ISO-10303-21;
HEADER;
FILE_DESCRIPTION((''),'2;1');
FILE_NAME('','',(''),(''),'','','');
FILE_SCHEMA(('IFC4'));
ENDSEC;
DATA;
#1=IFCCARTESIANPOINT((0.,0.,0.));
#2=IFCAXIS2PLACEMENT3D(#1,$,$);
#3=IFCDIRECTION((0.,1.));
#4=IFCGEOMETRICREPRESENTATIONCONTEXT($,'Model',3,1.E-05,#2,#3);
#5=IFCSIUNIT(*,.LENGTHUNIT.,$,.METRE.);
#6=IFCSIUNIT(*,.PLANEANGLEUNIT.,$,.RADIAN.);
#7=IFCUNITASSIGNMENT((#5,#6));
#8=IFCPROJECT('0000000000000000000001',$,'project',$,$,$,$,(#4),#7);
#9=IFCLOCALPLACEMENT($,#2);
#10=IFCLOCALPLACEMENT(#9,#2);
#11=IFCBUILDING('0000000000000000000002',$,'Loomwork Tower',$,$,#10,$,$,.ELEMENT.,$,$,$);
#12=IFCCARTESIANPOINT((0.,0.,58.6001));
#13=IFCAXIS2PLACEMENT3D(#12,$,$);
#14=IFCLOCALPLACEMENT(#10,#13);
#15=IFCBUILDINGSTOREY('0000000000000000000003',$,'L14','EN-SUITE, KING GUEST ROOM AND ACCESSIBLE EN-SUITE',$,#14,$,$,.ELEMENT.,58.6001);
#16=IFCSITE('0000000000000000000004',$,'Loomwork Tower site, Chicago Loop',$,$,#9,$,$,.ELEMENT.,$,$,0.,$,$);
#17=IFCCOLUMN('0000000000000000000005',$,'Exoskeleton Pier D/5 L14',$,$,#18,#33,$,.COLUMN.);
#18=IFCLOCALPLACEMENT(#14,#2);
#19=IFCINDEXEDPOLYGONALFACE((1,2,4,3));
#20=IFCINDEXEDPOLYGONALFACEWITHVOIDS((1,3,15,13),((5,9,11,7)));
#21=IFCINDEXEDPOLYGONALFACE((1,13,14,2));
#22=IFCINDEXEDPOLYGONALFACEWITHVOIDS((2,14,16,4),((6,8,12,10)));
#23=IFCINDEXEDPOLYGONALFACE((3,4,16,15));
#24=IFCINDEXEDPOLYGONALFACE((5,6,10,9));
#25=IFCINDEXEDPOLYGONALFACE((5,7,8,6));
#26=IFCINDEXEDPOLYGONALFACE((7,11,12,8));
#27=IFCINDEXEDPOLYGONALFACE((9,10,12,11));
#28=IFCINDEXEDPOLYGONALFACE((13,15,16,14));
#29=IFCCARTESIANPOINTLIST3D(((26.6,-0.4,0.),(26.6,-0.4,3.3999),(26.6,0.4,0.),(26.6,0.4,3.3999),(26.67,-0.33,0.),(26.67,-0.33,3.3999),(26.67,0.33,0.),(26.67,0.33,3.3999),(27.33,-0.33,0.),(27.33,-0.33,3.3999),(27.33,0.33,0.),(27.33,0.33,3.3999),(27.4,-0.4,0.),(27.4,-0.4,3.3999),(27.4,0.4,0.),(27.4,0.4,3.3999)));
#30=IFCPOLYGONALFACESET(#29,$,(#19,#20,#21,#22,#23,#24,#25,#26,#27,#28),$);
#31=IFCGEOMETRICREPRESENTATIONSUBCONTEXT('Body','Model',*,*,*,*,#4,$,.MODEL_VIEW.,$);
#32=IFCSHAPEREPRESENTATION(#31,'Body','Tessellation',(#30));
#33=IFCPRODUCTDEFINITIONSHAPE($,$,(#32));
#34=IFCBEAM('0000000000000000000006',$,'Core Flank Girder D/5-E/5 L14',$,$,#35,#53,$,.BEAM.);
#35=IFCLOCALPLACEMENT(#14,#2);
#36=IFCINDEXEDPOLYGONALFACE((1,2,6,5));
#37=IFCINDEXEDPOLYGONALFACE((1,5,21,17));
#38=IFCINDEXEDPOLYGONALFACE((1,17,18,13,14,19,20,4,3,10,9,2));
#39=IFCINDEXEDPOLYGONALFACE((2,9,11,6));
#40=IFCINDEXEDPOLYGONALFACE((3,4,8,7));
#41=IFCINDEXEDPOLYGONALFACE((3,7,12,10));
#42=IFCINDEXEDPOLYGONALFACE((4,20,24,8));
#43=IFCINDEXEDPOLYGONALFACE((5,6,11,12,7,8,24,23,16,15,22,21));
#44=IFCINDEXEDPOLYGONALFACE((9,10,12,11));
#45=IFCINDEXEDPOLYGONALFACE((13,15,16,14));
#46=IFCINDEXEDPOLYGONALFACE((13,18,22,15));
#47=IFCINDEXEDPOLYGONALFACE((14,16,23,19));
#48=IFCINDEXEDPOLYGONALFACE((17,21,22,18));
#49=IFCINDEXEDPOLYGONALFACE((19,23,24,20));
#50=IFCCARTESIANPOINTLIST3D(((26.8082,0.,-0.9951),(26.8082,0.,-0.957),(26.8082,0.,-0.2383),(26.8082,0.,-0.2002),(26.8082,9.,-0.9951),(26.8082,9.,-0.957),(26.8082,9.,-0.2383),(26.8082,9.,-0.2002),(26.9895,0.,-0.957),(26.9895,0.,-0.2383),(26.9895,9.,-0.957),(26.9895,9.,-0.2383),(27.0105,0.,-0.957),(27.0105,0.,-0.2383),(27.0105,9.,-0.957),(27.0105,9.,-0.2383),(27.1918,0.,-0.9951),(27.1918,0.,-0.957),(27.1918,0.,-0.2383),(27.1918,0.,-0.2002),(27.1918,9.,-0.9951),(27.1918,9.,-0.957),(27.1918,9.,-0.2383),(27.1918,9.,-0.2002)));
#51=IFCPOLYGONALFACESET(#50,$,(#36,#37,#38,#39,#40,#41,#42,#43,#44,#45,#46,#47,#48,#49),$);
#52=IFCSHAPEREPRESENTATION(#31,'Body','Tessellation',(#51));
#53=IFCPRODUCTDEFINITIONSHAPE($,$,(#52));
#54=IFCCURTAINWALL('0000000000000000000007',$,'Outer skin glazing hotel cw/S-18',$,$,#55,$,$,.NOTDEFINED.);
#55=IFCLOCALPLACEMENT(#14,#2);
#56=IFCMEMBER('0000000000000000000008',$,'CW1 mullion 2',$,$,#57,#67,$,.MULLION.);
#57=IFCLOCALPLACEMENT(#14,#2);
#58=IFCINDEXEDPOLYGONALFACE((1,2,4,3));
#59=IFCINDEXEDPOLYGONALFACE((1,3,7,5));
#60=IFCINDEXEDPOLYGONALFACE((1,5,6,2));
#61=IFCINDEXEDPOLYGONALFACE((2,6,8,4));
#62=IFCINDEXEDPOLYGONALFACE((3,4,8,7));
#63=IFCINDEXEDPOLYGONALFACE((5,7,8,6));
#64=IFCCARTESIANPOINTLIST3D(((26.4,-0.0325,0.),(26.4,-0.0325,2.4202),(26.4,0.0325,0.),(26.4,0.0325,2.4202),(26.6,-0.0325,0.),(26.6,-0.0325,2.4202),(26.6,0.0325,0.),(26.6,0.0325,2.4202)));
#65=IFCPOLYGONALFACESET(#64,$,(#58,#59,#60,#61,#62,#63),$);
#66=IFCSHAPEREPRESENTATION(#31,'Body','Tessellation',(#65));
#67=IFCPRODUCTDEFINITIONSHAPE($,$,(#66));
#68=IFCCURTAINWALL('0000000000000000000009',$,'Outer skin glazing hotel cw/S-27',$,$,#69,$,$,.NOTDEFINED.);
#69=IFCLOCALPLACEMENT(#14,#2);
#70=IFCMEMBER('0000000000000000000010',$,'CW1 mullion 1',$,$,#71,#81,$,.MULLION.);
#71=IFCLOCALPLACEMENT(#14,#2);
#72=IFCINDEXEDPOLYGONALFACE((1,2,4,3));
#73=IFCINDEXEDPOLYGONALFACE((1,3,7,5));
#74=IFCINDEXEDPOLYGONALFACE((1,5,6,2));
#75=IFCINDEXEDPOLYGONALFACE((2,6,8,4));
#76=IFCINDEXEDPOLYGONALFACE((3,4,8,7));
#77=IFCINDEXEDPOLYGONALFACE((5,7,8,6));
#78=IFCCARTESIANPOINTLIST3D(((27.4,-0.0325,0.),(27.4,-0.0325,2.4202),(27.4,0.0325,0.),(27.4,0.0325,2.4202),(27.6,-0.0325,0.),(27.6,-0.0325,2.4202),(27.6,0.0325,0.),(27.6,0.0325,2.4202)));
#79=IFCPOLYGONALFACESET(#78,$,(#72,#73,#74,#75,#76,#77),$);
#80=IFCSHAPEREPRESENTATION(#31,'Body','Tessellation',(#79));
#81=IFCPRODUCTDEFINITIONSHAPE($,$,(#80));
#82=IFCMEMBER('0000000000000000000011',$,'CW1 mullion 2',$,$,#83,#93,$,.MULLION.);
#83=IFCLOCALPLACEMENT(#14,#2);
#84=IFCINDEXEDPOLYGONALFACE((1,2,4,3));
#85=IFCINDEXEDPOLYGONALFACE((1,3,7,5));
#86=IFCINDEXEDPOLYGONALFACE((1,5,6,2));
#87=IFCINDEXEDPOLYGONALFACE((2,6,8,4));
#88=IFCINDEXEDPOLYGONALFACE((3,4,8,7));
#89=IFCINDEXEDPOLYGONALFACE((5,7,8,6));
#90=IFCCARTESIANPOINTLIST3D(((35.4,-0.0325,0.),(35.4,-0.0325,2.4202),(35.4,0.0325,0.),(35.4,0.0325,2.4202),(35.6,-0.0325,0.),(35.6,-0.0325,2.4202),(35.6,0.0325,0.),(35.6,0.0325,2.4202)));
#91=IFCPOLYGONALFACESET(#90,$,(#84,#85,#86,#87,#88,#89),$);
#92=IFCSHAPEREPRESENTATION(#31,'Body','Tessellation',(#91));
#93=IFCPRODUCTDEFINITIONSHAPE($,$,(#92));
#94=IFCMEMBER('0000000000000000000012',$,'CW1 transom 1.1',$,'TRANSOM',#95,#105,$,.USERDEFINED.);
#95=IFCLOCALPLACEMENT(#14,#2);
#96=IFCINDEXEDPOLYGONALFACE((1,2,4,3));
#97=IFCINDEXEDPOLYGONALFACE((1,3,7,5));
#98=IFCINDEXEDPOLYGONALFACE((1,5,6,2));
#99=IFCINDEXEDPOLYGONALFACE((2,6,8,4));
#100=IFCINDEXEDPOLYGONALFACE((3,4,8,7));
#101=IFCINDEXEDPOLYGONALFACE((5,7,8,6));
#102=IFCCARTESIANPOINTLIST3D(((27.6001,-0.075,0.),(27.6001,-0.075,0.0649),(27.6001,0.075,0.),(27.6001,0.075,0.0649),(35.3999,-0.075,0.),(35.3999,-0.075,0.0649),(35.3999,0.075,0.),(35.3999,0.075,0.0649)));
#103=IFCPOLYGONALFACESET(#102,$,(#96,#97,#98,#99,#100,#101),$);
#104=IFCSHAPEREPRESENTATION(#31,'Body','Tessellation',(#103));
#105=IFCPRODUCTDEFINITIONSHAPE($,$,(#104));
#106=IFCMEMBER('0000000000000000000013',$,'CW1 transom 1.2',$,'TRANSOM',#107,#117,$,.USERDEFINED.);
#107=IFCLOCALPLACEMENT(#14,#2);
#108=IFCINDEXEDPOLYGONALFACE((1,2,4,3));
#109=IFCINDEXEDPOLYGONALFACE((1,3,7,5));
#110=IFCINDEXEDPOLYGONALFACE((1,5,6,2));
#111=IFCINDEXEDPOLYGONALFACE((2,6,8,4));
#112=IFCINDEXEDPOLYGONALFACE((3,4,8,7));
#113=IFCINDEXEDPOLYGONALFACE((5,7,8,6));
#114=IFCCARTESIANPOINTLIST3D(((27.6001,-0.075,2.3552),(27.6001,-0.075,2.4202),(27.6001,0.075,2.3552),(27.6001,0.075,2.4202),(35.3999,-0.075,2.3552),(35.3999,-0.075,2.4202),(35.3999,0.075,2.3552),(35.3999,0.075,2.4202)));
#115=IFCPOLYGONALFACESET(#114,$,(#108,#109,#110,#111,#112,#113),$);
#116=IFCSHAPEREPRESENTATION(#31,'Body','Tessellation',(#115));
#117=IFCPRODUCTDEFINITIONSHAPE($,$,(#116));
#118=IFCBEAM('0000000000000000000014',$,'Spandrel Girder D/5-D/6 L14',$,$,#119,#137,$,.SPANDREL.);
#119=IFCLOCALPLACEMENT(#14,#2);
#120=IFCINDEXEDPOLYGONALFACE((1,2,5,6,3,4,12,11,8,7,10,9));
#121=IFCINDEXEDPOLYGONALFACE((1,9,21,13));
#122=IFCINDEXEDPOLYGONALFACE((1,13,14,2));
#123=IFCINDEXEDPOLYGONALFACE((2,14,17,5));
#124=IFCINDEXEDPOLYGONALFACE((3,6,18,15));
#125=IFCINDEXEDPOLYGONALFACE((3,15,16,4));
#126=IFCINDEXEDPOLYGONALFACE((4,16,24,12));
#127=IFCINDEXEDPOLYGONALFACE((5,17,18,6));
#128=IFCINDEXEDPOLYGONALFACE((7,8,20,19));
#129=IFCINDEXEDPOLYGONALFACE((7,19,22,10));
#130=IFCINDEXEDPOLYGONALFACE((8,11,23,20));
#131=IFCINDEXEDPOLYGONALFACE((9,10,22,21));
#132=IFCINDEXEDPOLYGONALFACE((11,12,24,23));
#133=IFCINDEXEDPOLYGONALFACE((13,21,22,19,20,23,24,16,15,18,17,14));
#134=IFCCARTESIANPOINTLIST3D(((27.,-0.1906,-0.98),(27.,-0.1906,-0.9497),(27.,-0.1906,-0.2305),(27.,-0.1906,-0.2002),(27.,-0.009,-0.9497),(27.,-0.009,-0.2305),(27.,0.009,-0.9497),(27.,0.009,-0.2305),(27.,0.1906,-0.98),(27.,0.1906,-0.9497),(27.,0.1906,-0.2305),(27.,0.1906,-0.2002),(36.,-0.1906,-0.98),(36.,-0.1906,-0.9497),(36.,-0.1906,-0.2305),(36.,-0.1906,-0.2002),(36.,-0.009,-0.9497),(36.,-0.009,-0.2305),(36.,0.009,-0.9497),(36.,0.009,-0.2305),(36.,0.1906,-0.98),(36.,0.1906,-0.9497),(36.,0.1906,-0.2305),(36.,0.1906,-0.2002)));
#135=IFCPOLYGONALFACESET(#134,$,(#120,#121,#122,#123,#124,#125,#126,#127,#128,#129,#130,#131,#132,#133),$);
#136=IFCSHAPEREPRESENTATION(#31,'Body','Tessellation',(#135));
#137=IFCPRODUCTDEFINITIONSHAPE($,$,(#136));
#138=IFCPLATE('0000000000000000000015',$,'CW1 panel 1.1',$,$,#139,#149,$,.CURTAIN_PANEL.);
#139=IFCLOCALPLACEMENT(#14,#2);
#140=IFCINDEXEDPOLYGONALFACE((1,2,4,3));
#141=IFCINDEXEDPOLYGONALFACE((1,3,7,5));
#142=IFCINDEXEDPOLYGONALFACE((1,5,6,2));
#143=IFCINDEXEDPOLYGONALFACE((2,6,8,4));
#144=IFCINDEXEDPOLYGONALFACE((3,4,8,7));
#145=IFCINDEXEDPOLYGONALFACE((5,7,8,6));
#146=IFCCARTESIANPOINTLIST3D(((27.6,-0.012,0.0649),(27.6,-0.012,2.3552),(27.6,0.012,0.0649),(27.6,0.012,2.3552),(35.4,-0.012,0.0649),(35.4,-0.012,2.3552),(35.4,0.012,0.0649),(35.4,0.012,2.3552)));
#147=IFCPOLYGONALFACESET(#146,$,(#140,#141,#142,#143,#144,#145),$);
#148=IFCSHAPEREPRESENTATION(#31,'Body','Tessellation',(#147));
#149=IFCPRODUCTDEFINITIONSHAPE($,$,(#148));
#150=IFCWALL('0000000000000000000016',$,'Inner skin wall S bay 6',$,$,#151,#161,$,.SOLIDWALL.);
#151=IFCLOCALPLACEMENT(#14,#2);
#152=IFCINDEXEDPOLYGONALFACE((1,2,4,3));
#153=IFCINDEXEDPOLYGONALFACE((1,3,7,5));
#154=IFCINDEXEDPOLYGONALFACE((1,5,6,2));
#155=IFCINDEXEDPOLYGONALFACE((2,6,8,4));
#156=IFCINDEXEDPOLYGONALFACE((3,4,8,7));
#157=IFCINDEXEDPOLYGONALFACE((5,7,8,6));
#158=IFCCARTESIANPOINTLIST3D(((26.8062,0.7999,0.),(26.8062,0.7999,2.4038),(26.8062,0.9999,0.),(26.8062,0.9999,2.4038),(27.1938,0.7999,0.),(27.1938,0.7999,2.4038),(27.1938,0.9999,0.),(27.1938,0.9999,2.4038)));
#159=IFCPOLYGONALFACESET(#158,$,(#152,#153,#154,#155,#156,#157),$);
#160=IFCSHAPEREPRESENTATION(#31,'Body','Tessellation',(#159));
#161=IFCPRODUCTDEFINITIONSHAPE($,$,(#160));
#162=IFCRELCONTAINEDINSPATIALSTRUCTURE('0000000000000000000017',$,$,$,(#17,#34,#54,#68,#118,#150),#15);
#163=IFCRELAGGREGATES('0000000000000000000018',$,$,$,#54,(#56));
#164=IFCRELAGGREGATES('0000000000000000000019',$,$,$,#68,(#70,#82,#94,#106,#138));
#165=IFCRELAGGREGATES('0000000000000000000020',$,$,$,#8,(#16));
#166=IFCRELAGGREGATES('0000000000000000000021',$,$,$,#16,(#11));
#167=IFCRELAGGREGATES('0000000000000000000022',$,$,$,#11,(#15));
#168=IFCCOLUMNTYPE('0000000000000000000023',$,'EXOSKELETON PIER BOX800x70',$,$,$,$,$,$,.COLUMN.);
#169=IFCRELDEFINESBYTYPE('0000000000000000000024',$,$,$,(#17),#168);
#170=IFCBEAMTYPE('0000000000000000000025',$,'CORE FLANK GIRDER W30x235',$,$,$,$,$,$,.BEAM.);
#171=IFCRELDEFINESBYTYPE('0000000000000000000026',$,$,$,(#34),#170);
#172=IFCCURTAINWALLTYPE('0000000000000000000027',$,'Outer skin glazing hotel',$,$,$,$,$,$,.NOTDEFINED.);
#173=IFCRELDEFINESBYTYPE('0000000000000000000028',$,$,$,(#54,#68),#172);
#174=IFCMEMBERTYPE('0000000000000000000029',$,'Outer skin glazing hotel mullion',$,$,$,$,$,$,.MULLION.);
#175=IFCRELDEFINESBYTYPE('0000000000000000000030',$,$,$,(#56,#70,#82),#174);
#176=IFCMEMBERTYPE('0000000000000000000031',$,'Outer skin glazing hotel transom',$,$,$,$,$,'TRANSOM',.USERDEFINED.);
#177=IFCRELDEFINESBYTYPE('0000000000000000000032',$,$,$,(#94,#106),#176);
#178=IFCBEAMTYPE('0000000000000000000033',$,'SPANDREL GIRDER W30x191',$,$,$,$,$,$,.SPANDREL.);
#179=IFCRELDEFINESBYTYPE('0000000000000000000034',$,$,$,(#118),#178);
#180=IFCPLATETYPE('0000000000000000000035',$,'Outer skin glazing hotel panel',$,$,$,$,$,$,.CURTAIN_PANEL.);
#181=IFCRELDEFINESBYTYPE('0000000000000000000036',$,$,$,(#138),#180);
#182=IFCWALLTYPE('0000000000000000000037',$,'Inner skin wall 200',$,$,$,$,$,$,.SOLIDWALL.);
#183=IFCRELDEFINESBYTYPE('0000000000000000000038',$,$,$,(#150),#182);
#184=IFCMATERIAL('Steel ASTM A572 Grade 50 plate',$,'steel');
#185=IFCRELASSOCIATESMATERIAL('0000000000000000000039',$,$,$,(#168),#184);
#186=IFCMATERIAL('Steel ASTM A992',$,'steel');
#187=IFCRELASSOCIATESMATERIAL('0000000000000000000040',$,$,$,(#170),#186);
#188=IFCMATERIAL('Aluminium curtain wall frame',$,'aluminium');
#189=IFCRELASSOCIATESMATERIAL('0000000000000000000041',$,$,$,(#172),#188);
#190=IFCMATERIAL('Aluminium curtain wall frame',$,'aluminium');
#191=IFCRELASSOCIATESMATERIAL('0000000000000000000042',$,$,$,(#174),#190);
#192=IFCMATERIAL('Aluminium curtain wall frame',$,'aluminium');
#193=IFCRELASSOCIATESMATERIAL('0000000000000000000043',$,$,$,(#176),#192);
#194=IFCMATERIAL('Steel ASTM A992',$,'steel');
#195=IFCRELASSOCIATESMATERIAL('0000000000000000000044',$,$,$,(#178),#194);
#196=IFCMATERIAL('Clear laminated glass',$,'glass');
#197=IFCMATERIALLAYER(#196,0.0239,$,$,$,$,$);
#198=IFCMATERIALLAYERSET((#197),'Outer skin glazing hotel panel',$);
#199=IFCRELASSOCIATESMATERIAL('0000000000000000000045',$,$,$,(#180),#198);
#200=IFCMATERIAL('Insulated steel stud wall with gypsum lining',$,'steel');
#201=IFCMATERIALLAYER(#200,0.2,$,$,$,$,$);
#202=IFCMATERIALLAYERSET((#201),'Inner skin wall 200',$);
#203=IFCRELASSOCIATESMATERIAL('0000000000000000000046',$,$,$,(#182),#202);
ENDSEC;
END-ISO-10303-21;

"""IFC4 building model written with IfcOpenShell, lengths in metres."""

from ifc_helpers import new_model, si_unit, direction, frame, frame_2d, origin, origin_2d, place, context, subcontext, project, spatial, rectangle, hollow_rectangle, i_section, extrude, material, layer, layer_set, material_profile, profile_set, type_object, element, aggregate, save


model = new_model("IFC4")

# Units and contexts
model_context = context("Model", 3, precision=1e-05, world=origin(), true_north=direction((0.0, 1.0)))
body_context = subcontext(model_context, "Body", "Model", "MODEL_VIEW")
ifc_project = project(units=[si_unit("LENGTHUNIT", "METRE"), si_unit("PLANEANGLEUNIT", "RADIAN")], contexts=[model_context])

# Site, building, storey
site_placement = place(None, origin())
site = spatial("IfcSite", under=ifc_project, at=site_placement, Name="Loomwork Tower site, Chicago Loop", CompositionType="ELEMENT", RefElevation=0.0)
building_placement = place(site_placement, origin())
building = spatial("IfcBuilding", under=site, at=building_placement, Name="Loomwork Tower", CompositionType="ELEMENT")
storey_placement = place(building_placement, frame((0.0, 0.0, 58.6001)))
storey = spatial("IfcBuildingStorey", under=building, at=storey_placement, Name="L14", Description="EN-SUITE, KING GUEST ROOM AND ACCESSIBLE EN-SUITE", CompositionType="ELEMENT", Elevation=58.6001)

# Column
ifc_material_1 = material(Name="Steel ASTM A572 Grade 50 plate", Category="steel")
ifc_material_profile_1 = material_profile(ifc_material_1, hollow_rectangle(XDim=0.8, YDim=0.8, WallThickness=0.0701, at=origin_2d()), Name="BOX800x70")
ifc_profile_set_1 = profile_set([ifc_material_profile_1], Name="Steel ASTM A572 Grade 50 plate")
column_type = type_object("IfcColumnType", Name="EXOSKELETON PIER BOX800x70", PredefinedType="COLUMN", material=ifc_profile_set_1)
column_placement = place(storey_placement, frame((27.0, 0.0, 0.0), z_axis=(0.0, 0.0, 1.0), x_axis=(1.0, 0.0, 0.0)))
element("IfcColumn", 1, at=column_placement, inside=storey, type_object=column_type, Name="Exoskeleton Pier D/5 L14", PredefinedType="COLUMN", context=body_context, shape_type="SweptSolid", body=[
    extrude(hollow_rectangle(XDim=0.8, YDim=0.8, WallThickness=0.0701, at=origin_2d()), origin(), (0.0, 0.0, 1.0), 3.3999),
])

# Beam
ifc_material_2 = material(Name="Steel ASTM A992", Category="steel")
ifc_material_profile_2 = material_profile(ifc_material_2, i_section(OverallWidth=0.3835, OverallDepth=0.7949, WebThickness=0.021, FlangeThickness=0.0381, at=origin_2d()), Name="W30x235")
ifc_profile_set_2 = profile_set([ifc_material_profile_2], Name="Steel ASTM A992")
beam_type_1 = type_object("IfcBeamType", Name="CORE FLANK GIRDER W30x235", PredefinedType="BEAM", material=ifc_profile_set_2)
beam_1_placement = place(storey_placement, frame((27.0, 0.0, -0.5977), z_axis=(0.0, 1.0, 0.0), x_axis=(-1.0, 0.0, 0.0)))
element("IfcBeam", 2, at=beam_1_placement, inside=storey, type_object=beam_type_1, Name="Core Flank Girder D/5-E/5 L14", PredefinedType="BEAM", context=body_context, shape_type="SweptSolid", body=[
    extrude(i_section(OverallWidth=0.3835, OverallDepth=0.7949, WebThickness=0.021, FlangeThickness=0.0381, at=origin_2d()), origin(), (0.0, 0.0, 1.0), 9.0),
])

# Curtain wall, member
ifc_material_3 = material(Name="Aluminium curtain wall frame", Category="aluminium")
curtain_wall_type = type_object("IfcCurtainWallType", Name="Outer skin glazing hotel", PredefinedType="NOTDEFINED", material=ifc_material_3)
curtain_wall_1_placement = place(storey_placement, origin())
curtain_wall_1 = element("IfcCurtainWall", 3, at=curtain_wall_1_placement, inside=storey, type_object=curtain_wall_type, Name="Outer skin glazing hotel cw/S-18", PredefinedType="NOTDEFINED")
ifc_material_4 = material(Name="Aluminium curtain wall frame", Category="aluminium")
ifc_material_profile_3 = material_profile(ifc_material_4, rectangle(XDim=0.0649, YDim=0.2, at=origin_2d()), Name="AL 65x200")
ifc_profile_set_3 = profile_set([ifc_material_profile_3], Name="Aluminium curtain wall frame")
member_type_1 = type_object("IfcMemberType", Name="Outer skin glazing hotel mullion", PredefinedType="MULLION", material=ifc_profile_set_3)
member_1_placement = place(storey_placement, frame((26.5, 0.0, 0.0), z_axis=(0.0, 0.0, 1.0), x_axis=(0.0, 1.0, 0.0)))
member_1 = element("IfcMember", 4, at=member_1_placement, type_object=member_type_1, Name="CW1 mullion 2", PredefinedType="MULLION", context=body_context, shape_type="SweptSolid", body=[
    extrude(rectangle(XDim=0.0649, YDim=0.2, at=origin_2d()), origin(), (0.0, 0.0, 1.0), 2.4202),
])
aggregate(curtain_wall_1, [member_1])

# Curtain wall, members
curtain_wall_2_placement = place(storey_placement, origin())
curtain_wall_2 = element("IfcCurtainWall", 5, at=curtain_wall_2_placement, inside=storey, type_object=curtain_wall_type, Name="Outer skin glazing hotel cw/S-27", PredefinedType="NOTDEFINED")
member_2_placement = place(storey_placement, frame((27.5, 0.0, 0.0), z_axis=(0.0, 0.0, 1.0), x_axis=(0.0, 1.0, 0.0)))
member_2 = element("IfcMember", 6, at=member_2_placement, type_object=member_type_1, Name="CW1 mullion 1", PredefinedType="MULLION", context=body_context, shape_type="SweptSolid", body=[
    extrude(rectangle(XDim=0.0649, YDim=0.2, at=origin_2d()), origin(), (0.0, 0.0, 1.0), 2.4202),
])
member_3_placement = place(storey_placement, frame((35.5, 0.0, 0.0), z_axis=(0.0, 0.0, 1.0), x_axis=(0.0, 1.0, 0.0)))
member_3 = element("IfcMember", 7, at=member_3_placement, type_object=member_type_1, Name="CW1 mullion 2", PredefinedType="MULLION", context=body_context, shape_type="SweptSolid", body=[
    extrude(rectangle(XDim=0.0649, YDim=0.2, at=origin_2d()), origin(), (0.0, 0.0, 1.0), 2.4202),
])
ifc_material_5 = material(Name="Aluminium curtain wall frame", Category="aluminium")
ifc_material_profile_4 = material_profile(ifc_material_5, rectangle(XDim=0.1499, YDim=0.0649, at=origin_2d()), Name="AL 65x150")
ifc_profile_set_4 = profile_set([ifc_material_profile_4], Name="Aluminium curtain wall frame")
member_type_2 = type_object("IfcMemberType", Name="Outer skin glazing hotel transom", ElementType="TRANSOM", PredefinedType="USERDEFINED", material=ifc_profile_set_4)
member_4_placement = place(storey_placement, frame((27.6001, 0.0, 0.0325), z_axis=(1.0, 0.0, 0.0), x_axis=(0.0, 1.0, 0.0)))
member_4 = element("IfcMember", 8, at=member_4_placement, type_object=member_type_2, Name="CW1 transom 1.1", ObjectType="TRANSOM", PredefinedType="USERDEFINED", context=body_context, shape_type="SweptSolid", body=[
    extrude(rectangle(XDim=0.1499, YDim=0.0649, at=origin_2d()), origin(), (0.0, 0.0, 1.0), 7.7998),
])
member_5_placement = place(storey_placement, frame((27.6001, 0.0, 2.3877), z_axis=(1.0, 0.0, 0.0), x_axis=(0.0, 1.0, 0.0)))
member_5 = element("IfcMember", 9, at=member_5_placement, type_object=member_type_2, Name="CW1 transom 1.2", ObjectType="TRANSOM", PredefinedType="USERDEFINED", context=body_context, shape_type="SweptSolid", body=[
    extrude(rectangle(XDim=0.1499, YDim=0.0649, at=origin_2d()), origin(), (0.0, 0.0, 1.0), 7.7998),
])

# Beam
ifc_material_6 = material(Name="Steel ASTM A992", Category="steel")
ifc_material_profile_5 = material_profile(ifc_material_6, i_section(OverallWidth=0.3811, OverallDepth=0.7798, WebThickness=0.0181, FlangeThickness=0.0303, at=origin_2d()), Name="W30x191")
ifc_profile_set_5 = profile_set([ifc_material_profile_5], Name="Steel ASTM A992")
beam_type_2 = type_object("IfcBeamType", Name="SPANDREL GIRDER W30x191", PredefinedType="SPANDREL", material=ifc_profile_set_5)
beam_2_placement = place(storey_placement, frame((27.0, 0.0, -0.5901), z_axis=(1.0, 0.0, 0.0), x_axis=(0.0, 1.0, 0.0)))
element("IfcBeam", 10, at=beam_2_placement, inside=storey, type_object=beam_type_2, Name="Spandrel Girder D/5-D/6 L14", PredefinedType="SPANDREL", context=body_context, shape_type="SweptSolid", body=[
    extrude(i_section(OverallWidth=0.3811, OverallDepth=0.7798, WebThickness=0.0181, FlangeThickness=0.0303, at=origin_2d()), origin(), (0.0, 0.0, 1.0), 9.0),
])

# Plate
ifc_material_7 = material(Name="Clear laminated glass", Category="glass")
ifc_layer_1 = layer(ifc_material_7, 0.0239)
ifc_layer_set_1 = layer_set([ifc_layer_1], Name="Outer skin glazing hotel panel")
plate_type = type_object("IfcPlateType", Name="Outer skin glazing hotel panel", PredefinedType="CURTAIN_PANEL", material=ifc_layer_set_1)
plate_placement = place(storey_placement, frame((31.5, 0.0, 0.0649), z_axis=(0.0, 0.0, 1.0), x_axis=(1.0, 0.0, 0.0)))
plate = element("IfcPlate", 11, at=plate_placement, type_object=plate_type, Name="CW1 panel 1.1", PredefinedType="CURTAIN_PANEL", context=body_context, shape_type="SweptSolid", body=[
    extrude(rectangle(XDim=7.8, YDim=0.0239, at=origin_2d()), origin(), (0.0, 0.0, 1.0), 2.2903),
])
aggregate(curtain_wall_2, [member_2, member_3, member_4, member_5, plate])

# Wall
ifc_material_8 = material(Name="Insulated steel stud wall with gypsum lining", Category="steel")
ifc_layer_2 = layer(ifc_material_8, 0.2)
ifc_layer_set_2 = layer_set([ifc_layer_2], Name="Inner skin wall 200")
wall_type = type_object("IfcWallType", Name="Inner skin wall 200", PredefinedType="SOLIDWALL", material=ifc_layer_set_2)
wall_1_placement = place(storey_placement, frame((26.8062, 0.8999, 0.0), z_axis=(0.0, 0.0, 1.0), x_axis=(1.0, 0.0, 0.0)))
element("IfcWall", 12, at=wall_1_placement, inside=storey, type_object=wall_type, Name="Inner skin wall S bay 6", PredefinedType="SOLIDWALL", context=body_context, shape_type="SweptSolid", body=[
    extrude(rectangle(XDim=0.3877, YDim=0.2, at=frame_2d((0.1938, 0.0))), origin(), (0.0, 0.0, 1.0), 2.4038),
])

save(model, "model.ifc")
